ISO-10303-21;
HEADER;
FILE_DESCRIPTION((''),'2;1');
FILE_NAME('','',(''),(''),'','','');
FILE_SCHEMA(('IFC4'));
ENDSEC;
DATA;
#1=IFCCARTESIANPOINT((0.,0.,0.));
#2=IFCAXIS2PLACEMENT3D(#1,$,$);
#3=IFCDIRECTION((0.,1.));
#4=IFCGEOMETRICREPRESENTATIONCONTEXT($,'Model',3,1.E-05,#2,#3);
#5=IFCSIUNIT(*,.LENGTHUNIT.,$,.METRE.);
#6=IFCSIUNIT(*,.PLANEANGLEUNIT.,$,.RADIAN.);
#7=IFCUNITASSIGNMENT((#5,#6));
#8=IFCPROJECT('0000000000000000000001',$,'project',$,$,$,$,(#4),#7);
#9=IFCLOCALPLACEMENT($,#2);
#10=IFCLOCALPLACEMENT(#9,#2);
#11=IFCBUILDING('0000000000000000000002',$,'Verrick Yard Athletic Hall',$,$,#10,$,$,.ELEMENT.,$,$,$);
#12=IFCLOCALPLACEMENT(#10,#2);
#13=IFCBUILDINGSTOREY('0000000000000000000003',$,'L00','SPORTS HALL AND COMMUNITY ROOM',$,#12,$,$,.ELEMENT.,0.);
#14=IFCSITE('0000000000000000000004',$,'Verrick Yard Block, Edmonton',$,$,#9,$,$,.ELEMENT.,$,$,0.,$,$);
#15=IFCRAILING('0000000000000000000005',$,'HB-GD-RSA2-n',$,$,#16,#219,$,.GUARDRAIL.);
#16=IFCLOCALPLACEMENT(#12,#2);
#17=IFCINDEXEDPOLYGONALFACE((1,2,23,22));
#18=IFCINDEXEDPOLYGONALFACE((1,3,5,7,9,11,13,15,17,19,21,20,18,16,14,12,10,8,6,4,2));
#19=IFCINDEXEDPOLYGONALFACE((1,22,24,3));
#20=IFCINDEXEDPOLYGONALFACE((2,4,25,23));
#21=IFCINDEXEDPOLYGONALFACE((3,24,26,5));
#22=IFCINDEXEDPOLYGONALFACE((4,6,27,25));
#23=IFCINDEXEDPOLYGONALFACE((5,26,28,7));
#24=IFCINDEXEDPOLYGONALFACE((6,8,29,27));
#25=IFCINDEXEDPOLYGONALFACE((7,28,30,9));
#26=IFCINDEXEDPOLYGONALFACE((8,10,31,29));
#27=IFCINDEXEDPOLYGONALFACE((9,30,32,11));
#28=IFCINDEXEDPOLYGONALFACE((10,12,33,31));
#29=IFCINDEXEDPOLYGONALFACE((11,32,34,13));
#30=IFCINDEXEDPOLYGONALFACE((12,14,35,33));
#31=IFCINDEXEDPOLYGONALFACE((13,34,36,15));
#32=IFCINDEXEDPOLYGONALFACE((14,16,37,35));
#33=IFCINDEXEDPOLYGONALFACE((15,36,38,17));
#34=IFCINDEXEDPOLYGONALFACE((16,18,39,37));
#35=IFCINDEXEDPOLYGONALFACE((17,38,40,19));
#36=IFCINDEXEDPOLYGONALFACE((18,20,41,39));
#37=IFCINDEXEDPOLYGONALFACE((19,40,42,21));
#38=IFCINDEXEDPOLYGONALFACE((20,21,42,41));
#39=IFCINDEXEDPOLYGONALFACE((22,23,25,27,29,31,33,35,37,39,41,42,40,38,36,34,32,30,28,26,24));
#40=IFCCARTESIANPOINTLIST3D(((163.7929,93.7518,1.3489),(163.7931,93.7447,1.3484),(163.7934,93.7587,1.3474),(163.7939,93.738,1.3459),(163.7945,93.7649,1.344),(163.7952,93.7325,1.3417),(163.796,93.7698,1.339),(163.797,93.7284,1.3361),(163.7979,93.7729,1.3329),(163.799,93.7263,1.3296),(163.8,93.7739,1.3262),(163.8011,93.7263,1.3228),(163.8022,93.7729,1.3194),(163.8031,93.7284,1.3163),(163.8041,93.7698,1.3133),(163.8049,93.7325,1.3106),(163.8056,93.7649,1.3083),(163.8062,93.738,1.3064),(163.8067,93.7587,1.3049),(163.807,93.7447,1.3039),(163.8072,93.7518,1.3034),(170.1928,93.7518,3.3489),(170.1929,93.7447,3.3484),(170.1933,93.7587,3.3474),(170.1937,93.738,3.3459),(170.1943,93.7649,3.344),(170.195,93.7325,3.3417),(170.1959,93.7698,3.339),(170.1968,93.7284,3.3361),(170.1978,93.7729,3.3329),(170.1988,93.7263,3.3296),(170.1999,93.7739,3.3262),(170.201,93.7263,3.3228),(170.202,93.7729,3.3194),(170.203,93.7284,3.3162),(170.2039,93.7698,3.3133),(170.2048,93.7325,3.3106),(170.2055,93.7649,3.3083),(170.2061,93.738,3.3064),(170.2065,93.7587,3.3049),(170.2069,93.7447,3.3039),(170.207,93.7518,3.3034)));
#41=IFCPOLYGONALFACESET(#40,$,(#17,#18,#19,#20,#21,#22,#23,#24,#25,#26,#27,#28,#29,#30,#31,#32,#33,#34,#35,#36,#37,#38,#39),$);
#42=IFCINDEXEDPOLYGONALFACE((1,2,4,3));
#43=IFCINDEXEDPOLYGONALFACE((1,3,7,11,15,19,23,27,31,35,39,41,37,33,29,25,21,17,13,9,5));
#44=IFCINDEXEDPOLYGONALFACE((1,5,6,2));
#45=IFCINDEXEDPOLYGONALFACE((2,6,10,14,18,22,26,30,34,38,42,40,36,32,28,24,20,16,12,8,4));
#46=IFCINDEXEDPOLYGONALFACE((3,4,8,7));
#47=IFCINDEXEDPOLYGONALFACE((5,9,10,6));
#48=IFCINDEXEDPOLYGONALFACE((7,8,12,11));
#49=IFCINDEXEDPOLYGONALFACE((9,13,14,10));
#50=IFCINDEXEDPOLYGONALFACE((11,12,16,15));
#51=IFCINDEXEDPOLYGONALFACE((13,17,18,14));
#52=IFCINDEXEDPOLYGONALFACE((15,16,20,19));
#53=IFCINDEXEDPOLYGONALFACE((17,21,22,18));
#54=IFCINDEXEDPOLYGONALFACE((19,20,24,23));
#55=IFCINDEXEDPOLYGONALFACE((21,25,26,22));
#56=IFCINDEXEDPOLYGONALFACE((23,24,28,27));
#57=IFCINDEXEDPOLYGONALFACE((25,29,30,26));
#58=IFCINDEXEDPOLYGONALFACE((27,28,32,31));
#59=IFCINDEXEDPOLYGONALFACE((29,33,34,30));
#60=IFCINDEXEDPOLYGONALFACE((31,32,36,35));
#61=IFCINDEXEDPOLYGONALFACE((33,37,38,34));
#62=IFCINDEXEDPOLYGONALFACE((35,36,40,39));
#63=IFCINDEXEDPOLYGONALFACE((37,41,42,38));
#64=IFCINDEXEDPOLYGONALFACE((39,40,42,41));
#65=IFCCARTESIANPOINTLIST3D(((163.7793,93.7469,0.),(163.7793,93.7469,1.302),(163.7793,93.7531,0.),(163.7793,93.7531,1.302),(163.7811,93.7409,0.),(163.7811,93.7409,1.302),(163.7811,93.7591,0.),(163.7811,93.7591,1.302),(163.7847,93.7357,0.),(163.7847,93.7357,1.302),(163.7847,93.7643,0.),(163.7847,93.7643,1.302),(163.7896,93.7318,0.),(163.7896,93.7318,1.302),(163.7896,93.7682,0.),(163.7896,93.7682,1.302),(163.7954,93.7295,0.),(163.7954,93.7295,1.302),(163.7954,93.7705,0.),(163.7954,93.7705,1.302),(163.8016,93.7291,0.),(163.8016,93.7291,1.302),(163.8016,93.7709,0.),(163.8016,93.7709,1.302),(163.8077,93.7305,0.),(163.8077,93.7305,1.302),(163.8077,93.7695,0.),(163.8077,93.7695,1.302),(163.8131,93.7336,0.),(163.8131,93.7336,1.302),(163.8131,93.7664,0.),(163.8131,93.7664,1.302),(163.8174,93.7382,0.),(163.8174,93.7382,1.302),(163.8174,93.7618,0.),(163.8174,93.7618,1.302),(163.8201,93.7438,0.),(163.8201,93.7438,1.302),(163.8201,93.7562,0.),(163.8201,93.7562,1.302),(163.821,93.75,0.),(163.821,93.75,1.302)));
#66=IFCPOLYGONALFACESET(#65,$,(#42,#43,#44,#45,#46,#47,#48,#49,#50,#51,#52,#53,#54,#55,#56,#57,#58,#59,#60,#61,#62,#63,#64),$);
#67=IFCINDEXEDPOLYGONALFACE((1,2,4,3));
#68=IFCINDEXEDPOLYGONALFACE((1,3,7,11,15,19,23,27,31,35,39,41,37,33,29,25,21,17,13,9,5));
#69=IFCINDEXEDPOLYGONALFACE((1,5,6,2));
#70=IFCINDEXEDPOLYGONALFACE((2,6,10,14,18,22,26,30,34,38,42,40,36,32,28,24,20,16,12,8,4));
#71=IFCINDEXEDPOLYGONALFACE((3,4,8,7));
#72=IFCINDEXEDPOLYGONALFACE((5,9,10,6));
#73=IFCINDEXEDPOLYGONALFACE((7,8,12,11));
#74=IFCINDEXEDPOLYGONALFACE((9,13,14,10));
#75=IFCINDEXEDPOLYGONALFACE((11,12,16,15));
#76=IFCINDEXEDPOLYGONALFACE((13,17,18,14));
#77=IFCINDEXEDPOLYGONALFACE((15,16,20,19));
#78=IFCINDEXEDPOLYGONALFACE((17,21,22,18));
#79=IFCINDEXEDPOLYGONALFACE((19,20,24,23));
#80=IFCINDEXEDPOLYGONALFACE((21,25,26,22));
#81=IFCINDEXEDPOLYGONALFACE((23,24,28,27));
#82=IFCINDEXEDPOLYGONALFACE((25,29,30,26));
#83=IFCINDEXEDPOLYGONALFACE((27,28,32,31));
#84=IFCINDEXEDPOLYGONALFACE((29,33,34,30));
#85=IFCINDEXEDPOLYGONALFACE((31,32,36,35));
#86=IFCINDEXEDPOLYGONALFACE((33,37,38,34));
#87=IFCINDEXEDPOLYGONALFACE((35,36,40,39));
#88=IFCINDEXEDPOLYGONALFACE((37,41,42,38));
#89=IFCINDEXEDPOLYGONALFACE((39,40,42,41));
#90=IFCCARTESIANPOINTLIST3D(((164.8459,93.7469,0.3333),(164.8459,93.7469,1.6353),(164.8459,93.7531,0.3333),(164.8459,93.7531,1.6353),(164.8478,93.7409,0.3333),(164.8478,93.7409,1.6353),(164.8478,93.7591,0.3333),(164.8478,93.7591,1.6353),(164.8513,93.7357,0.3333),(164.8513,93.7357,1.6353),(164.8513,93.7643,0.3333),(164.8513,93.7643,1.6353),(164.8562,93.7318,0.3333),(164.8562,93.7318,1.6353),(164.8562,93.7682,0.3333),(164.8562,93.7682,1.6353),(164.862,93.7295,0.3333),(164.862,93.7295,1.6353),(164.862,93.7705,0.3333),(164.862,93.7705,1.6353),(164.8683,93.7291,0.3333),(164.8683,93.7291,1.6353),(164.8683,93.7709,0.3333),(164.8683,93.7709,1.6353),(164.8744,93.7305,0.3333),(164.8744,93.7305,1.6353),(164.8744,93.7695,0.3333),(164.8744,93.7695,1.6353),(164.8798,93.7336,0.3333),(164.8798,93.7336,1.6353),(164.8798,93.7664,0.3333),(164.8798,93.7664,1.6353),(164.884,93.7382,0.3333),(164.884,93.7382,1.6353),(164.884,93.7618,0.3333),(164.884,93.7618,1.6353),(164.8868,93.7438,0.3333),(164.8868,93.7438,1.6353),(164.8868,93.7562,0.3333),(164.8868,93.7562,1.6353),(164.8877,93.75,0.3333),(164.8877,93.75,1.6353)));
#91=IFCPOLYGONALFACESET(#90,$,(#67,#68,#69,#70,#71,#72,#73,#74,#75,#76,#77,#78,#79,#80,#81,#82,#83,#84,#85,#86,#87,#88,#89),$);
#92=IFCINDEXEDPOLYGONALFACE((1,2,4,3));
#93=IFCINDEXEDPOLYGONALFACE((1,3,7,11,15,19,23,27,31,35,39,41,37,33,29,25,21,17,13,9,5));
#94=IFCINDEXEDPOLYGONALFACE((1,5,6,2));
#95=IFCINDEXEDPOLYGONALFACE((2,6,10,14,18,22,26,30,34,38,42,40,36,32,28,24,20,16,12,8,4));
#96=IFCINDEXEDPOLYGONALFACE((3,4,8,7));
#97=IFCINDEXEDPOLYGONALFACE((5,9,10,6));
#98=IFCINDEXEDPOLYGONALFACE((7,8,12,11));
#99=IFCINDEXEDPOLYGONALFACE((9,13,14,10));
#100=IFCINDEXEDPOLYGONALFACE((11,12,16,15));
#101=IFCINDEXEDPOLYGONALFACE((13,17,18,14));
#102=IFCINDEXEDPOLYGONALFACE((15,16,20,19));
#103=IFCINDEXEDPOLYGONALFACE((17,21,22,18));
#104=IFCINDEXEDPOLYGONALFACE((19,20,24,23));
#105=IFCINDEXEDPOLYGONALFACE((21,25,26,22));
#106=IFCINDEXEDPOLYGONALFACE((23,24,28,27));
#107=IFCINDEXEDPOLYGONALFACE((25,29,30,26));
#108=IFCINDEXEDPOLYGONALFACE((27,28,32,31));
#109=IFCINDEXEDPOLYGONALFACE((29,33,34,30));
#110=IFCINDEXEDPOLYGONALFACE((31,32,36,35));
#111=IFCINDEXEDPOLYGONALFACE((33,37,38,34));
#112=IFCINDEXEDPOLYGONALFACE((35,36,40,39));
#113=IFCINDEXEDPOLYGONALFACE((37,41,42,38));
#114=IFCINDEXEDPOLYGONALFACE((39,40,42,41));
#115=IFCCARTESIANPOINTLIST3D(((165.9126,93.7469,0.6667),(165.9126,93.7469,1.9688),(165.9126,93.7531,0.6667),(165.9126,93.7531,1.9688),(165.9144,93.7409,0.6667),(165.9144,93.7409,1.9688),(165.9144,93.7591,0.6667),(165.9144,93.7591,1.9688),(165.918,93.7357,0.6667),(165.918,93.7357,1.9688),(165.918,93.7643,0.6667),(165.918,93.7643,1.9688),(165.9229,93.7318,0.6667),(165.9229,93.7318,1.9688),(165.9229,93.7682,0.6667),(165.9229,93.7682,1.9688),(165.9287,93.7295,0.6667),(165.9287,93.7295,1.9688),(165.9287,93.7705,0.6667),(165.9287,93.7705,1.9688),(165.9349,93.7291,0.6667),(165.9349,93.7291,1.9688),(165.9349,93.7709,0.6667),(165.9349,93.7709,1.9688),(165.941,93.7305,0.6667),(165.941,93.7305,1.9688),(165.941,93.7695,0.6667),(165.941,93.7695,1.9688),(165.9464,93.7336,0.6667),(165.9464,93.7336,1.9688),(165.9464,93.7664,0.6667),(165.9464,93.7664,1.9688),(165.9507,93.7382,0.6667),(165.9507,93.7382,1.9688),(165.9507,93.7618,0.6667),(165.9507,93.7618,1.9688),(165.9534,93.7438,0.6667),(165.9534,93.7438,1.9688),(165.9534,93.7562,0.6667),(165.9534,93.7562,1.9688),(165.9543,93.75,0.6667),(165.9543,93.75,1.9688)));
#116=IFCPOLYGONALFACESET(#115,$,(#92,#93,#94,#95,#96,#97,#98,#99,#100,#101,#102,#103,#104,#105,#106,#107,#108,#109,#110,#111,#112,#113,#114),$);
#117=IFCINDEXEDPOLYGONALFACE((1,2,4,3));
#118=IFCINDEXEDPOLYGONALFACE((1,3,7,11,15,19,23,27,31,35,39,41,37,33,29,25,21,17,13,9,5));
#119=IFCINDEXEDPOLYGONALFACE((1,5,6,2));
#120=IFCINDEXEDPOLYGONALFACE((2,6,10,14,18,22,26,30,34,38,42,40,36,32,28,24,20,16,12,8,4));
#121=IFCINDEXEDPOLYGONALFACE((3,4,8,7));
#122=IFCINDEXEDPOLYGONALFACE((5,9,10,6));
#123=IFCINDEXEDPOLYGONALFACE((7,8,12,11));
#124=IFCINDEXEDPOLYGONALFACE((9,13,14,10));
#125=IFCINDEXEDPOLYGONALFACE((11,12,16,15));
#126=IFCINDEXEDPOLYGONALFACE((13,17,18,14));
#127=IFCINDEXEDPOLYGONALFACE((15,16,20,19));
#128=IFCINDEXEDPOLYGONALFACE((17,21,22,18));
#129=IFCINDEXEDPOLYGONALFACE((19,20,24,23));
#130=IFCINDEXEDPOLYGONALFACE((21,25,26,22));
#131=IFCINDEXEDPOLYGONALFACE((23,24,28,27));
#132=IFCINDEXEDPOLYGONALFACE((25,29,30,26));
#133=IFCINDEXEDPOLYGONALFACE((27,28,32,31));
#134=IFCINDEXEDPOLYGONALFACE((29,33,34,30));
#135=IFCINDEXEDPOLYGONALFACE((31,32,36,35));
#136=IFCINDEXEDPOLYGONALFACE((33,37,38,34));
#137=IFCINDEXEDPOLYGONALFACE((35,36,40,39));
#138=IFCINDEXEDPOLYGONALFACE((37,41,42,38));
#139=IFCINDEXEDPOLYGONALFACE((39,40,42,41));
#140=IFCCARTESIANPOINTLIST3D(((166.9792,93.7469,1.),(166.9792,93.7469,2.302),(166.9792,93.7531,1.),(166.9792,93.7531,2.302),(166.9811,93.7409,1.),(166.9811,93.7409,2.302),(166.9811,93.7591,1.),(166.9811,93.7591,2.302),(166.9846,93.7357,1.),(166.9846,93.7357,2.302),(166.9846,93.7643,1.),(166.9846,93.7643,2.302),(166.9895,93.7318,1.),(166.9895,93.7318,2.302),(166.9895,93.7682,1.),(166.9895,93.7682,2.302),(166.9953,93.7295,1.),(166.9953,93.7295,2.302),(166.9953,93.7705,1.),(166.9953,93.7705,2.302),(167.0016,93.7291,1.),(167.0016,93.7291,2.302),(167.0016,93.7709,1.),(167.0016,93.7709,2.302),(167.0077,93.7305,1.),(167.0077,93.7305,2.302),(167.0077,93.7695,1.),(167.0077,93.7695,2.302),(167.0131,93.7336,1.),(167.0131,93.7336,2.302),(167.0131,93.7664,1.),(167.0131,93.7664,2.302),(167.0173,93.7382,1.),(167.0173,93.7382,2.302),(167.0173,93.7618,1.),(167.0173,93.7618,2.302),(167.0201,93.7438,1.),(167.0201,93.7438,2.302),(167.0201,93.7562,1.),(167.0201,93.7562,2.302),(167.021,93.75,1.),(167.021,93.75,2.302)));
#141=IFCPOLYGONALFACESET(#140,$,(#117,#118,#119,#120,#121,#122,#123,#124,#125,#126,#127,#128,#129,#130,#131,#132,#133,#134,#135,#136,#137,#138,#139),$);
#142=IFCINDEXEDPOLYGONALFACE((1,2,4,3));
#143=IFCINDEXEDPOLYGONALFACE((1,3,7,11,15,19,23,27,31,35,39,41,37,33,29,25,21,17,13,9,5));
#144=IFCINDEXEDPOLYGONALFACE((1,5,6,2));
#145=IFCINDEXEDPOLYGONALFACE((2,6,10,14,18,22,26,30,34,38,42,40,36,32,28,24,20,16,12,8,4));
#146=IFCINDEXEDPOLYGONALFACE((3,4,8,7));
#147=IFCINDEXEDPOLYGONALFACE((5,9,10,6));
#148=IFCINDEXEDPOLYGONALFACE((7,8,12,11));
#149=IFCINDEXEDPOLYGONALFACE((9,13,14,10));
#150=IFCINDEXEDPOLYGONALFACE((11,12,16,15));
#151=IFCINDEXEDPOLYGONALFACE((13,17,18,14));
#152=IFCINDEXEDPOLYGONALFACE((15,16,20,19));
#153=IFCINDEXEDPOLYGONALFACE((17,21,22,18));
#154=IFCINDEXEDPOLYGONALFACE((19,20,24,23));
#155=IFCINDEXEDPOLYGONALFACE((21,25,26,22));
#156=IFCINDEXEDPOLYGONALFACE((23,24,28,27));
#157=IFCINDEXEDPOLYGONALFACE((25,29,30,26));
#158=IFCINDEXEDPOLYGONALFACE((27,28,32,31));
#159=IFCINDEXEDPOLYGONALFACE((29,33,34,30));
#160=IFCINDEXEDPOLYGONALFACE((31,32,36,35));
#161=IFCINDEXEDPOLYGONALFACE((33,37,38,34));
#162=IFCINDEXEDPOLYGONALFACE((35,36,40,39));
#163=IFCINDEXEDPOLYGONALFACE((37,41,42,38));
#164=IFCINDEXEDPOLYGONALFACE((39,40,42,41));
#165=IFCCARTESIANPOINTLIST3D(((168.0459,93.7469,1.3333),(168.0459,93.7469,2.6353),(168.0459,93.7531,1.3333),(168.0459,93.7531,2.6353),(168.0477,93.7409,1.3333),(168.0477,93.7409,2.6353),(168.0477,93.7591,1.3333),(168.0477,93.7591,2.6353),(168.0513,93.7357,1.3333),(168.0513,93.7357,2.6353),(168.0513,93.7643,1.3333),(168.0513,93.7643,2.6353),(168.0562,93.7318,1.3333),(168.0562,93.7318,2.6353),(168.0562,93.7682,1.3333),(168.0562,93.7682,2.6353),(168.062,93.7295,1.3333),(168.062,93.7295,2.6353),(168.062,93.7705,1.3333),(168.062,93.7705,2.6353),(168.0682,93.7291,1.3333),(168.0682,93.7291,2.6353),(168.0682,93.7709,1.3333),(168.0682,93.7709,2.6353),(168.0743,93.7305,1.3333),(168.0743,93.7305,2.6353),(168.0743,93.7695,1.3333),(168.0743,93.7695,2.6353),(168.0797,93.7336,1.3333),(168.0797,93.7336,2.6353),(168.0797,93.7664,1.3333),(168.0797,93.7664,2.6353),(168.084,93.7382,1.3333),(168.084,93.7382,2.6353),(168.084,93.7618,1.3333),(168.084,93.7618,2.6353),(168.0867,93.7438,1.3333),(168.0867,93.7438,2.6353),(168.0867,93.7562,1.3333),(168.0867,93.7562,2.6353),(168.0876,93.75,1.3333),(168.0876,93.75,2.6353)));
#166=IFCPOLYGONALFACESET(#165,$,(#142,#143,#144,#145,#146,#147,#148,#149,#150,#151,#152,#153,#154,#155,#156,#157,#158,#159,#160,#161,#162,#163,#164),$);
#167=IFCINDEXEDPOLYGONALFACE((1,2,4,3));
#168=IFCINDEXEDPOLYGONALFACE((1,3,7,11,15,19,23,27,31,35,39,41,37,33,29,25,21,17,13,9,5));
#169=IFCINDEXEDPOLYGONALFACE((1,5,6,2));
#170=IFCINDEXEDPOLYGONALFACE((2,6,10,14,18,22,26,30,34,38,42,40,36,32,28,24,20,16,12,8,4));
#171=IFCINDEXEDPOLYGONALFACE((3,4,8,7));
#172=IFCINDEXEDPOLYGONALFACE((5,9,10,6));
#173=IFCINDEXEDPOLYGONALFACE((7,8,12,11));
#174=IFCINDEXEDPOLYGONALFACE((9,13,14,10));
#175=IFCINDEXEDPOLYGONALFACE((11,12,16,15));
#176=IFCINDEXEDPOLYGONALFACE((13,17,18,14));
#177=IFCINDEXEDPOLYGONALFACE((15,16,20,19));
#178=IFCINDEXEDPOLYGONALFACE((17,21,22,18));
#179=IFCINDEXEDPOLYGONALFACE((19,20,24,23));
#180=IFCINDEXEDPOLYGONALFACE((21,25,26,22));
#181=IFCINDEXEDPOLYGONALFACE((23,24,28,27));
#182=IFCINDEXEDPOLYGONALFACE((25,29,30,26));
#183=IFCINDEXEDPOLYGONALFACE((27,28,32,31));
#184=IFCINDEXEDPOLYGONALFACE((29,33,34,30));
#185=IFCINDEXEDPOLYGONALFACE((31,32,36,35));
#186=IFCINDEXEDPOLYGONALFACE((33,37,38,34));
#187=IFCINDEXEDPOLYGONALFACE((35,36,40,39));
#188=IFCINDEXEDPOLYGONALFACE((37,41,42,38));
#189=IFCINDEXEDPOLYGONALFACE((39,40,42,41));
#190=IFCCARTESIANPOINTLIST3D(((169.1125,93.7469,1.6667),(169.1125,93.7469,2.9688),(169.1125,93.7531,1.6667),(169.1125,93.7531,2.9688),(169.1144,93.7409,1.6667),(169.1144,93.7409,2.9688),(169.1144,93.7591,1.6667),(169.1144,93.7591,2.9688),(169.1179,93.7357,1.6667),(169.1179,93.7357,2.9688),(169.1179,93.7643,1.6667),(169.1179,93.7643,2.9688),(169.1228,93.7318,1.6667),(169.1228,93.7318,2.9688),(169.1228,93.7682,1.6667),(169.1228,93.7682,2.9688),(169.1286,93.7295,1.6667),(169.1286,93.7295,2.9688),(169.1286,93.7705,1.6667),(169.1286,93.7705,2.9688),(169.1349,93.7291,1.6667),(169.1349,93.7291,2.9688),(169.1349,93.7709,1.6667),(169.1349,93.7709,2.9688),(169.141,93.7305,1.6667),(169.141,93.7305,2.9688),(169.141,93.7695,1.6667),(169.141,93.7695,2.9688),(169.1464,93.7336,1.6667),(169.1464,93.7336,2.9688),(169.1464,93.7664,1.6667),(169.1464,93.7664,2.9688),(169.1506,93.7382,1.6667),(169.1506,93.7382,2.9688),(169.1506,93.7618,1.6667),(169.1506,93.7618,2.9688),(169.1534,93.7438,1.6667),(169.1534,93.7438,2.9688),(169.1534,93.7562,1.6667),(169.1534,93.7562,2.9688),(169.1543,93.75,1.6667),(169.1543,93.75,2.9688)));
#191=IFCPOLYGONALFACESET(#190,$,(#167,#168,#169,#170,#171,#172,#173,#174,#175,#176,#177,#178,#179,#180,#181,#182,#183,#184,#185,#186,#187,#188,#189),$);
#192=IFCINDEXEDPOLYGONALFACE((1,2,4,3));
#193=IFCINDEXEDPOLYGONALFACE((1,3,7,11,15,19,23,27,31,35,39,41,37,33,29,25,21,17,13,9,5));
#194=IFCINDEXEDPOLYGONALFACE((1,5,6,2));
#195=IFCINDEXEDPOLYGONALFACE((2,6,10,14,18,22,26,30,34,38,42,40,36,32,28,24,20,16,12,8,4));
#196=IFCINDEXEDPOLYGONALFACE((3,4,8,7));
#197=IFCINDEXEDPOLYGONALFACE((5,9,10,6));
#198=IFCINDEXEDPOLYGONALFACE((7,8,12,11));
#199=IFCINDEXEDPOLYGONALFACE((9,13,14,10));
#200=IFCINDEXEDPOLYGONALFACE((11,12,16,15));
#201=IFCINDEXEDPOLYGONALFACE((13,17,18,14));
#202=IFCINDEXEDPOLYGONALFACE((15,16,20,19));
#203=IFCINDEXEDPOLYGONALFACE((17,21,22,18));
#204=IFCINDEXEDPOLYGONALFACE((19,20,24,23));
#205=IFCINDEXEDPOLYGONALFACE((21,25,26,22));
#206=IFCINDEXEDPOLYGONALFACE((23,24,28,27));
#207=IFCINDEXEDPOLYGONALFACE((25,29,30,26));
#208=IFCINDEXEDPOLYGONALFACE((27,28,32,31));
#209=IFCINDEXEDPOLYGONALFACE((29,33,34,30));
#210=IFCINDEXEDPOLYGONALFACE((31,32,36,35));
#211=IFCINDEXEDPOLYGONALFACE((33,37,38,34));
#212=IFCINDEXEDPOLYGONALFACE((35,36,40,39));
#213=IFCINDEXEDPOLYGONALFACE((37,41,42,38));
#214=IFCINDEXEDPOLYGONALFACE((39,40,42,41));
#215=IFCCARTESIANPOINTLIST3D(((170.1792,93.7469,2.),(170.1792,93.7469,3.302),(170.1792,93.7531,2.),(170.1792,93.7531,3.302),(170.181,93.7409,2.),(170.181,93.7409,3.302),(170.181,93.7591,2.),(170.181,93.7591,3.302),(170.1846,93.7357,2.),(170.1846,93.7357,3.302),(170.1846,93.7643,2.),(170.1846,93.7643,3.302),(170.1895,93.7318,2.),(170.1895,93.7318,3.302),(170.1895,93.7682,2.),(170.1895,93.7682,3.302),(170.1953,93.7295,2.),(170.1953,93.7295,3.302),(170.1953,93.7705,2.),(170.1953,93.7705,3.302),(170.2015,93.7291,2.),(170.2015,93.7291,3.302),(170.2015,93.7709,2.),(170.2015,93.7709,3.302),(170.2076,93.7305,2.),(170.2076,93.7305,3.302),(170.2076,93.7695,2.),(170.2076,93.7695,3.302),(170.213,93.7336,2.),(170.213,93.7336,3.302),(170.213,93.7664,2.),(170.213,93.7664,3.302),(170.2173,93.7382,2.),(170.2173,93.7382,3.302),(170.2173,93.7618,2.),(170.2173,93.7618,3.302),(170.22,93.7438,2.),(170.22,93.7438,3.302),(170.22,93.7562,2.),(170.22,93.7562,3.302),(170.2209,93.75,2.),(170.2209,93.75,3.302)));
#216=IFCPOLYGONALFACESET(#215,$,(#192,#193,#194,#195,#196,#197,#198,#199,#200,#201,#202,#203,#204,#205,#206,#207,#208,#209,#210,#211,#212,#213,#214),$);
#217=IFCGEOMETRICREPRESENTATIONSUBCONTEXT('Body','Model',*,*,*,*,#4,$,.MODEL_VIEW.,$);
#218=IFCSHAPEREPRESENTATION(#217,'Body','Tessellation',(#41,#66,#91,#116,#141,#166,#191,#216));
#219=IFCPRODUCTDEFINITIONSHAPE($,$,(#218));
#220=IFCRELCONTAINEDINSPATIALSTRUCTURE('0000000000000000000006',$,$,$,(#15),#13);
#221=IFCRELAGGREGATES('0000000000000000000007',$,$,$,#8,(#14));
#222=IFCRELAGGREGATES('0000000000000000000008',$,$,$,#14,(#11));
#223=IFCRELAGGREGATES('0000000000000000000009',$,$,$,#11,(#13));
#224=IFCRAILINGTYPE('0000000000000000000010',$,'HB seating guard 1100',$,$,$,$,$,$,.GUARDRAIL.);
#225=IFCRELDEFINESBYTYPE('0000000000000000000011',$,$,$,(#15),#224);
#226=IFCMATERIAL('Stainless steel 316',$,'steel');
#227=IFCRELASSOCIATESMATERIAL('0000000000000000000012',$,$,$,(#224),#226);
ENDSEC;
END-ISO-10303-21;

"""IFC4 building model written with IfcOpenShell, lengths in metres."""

from ifc_helpers import new_model, si_unit, direction, frame, origin, origin_2d, place, context, subcontext, project, spatial, circle, extrude, material, type_object, element, save


model = new_model("IFC4")

# Units and contexts
model_context = context("Model", 3, precision=1e-05, world=origin(), true_north=direction((0.0, 1.0)))
body_context = subcontext(model_context, "Body", "Model", "MODEL_VIEW")
ifc_project = project(units=[si_unit("LENGTHUNIT", "METRE"), si_unit("PLANEANGLEUNIT", "RADIAN")], contexts=[model_context])

# Site, building, storey
site_placement = place(None, origin())
site = spatial("IfcSite", under=ifc_project, at=site_placement, Name="Verrick Yard Block, Edmonton", CompositionType="ELEMENT", RefElevation=0.0)
building_placement = place(site_placement, origin())
building = spatial("IfcBuilding", under=site, at=building_placement, Name="Verrick Yard Athletic Hall", CompositionType="ELEMENT")
storey_placement = place(building_placement, origin())
storey = spatial("IfcBuildingStorey", under=building, at=storey_placement, Name="L00", Description="SPORTS HALL AND COMMUNITY ROOM", CompositionType="ELEMENT", Elevation=0.0)

# Railing
ifc_material_1 = material(Name="Stainless steel 316", Category="steel")
railing_type = type_object("IfcRailingType", Name="HB seating guard 1100", PredefinedType="GUARDRAIL", material=ifc_material_1)
railing_placement = place(storey_placement, frame((163.8, 93.75, 0.0)))
element("IfcRailing", 1, at=railing_placement, inside=storey, type_object=railing_type, Name="HB-GD-RSA2-n", PredefinedType="GUARDRAIL", context=body_context, shape_type="SweptSolid", body=[
    extrude(circle(Radius=0.0239, at=origin_2d()), frame((0.0, 0.0, 1.3262), z_axis=(0.954479, 0.0, 0.298279), x_axis=(0.0, 1.0, 0.0)), (0.0, 0.0, 1.0), 6.7051),
    extrude(circle(Radius=0.021, at=origin_2d()), origin(), (0.0, 0.0, 1.0), 1.302),
    extrude(circle(Radius=0.021, at=origin_2d()), frame((1.0667, 0.0, 0.3333)), (0.0, 0.0, 1.0), 1.302),
    extrude(circle(Radius=0.021, at=origin_2d()), frame((2.1333, 0.0, 0.6667)), (0.0, 0.0, 1.0), 1.302),
    extrude(circle(Radius=0.021, at=origin_2d()), frame((3.2, 0.0, 1.0)), (0.0, 0.0, 1.0), 1.302),
    extrude(circle(Radius=0.021, at=origin_2d()), frame((4.2666, 0.0, 1.3333)), (0.0, 0.0, 1.0), 1.302),
    extrude(circle(Radius=0.021, at=origin_2d()), frame((5.3333, 0.0, 1.6667)), (0.0, 0.0, 1.0), 1.302),
    extrude(circle(Radius=0.021, at=origin_2d()), frame((6.3999, 0.0, 2.0)), (0.0, 0.0, 1.0), 1.302),
])

save(model, "model.ifc")
